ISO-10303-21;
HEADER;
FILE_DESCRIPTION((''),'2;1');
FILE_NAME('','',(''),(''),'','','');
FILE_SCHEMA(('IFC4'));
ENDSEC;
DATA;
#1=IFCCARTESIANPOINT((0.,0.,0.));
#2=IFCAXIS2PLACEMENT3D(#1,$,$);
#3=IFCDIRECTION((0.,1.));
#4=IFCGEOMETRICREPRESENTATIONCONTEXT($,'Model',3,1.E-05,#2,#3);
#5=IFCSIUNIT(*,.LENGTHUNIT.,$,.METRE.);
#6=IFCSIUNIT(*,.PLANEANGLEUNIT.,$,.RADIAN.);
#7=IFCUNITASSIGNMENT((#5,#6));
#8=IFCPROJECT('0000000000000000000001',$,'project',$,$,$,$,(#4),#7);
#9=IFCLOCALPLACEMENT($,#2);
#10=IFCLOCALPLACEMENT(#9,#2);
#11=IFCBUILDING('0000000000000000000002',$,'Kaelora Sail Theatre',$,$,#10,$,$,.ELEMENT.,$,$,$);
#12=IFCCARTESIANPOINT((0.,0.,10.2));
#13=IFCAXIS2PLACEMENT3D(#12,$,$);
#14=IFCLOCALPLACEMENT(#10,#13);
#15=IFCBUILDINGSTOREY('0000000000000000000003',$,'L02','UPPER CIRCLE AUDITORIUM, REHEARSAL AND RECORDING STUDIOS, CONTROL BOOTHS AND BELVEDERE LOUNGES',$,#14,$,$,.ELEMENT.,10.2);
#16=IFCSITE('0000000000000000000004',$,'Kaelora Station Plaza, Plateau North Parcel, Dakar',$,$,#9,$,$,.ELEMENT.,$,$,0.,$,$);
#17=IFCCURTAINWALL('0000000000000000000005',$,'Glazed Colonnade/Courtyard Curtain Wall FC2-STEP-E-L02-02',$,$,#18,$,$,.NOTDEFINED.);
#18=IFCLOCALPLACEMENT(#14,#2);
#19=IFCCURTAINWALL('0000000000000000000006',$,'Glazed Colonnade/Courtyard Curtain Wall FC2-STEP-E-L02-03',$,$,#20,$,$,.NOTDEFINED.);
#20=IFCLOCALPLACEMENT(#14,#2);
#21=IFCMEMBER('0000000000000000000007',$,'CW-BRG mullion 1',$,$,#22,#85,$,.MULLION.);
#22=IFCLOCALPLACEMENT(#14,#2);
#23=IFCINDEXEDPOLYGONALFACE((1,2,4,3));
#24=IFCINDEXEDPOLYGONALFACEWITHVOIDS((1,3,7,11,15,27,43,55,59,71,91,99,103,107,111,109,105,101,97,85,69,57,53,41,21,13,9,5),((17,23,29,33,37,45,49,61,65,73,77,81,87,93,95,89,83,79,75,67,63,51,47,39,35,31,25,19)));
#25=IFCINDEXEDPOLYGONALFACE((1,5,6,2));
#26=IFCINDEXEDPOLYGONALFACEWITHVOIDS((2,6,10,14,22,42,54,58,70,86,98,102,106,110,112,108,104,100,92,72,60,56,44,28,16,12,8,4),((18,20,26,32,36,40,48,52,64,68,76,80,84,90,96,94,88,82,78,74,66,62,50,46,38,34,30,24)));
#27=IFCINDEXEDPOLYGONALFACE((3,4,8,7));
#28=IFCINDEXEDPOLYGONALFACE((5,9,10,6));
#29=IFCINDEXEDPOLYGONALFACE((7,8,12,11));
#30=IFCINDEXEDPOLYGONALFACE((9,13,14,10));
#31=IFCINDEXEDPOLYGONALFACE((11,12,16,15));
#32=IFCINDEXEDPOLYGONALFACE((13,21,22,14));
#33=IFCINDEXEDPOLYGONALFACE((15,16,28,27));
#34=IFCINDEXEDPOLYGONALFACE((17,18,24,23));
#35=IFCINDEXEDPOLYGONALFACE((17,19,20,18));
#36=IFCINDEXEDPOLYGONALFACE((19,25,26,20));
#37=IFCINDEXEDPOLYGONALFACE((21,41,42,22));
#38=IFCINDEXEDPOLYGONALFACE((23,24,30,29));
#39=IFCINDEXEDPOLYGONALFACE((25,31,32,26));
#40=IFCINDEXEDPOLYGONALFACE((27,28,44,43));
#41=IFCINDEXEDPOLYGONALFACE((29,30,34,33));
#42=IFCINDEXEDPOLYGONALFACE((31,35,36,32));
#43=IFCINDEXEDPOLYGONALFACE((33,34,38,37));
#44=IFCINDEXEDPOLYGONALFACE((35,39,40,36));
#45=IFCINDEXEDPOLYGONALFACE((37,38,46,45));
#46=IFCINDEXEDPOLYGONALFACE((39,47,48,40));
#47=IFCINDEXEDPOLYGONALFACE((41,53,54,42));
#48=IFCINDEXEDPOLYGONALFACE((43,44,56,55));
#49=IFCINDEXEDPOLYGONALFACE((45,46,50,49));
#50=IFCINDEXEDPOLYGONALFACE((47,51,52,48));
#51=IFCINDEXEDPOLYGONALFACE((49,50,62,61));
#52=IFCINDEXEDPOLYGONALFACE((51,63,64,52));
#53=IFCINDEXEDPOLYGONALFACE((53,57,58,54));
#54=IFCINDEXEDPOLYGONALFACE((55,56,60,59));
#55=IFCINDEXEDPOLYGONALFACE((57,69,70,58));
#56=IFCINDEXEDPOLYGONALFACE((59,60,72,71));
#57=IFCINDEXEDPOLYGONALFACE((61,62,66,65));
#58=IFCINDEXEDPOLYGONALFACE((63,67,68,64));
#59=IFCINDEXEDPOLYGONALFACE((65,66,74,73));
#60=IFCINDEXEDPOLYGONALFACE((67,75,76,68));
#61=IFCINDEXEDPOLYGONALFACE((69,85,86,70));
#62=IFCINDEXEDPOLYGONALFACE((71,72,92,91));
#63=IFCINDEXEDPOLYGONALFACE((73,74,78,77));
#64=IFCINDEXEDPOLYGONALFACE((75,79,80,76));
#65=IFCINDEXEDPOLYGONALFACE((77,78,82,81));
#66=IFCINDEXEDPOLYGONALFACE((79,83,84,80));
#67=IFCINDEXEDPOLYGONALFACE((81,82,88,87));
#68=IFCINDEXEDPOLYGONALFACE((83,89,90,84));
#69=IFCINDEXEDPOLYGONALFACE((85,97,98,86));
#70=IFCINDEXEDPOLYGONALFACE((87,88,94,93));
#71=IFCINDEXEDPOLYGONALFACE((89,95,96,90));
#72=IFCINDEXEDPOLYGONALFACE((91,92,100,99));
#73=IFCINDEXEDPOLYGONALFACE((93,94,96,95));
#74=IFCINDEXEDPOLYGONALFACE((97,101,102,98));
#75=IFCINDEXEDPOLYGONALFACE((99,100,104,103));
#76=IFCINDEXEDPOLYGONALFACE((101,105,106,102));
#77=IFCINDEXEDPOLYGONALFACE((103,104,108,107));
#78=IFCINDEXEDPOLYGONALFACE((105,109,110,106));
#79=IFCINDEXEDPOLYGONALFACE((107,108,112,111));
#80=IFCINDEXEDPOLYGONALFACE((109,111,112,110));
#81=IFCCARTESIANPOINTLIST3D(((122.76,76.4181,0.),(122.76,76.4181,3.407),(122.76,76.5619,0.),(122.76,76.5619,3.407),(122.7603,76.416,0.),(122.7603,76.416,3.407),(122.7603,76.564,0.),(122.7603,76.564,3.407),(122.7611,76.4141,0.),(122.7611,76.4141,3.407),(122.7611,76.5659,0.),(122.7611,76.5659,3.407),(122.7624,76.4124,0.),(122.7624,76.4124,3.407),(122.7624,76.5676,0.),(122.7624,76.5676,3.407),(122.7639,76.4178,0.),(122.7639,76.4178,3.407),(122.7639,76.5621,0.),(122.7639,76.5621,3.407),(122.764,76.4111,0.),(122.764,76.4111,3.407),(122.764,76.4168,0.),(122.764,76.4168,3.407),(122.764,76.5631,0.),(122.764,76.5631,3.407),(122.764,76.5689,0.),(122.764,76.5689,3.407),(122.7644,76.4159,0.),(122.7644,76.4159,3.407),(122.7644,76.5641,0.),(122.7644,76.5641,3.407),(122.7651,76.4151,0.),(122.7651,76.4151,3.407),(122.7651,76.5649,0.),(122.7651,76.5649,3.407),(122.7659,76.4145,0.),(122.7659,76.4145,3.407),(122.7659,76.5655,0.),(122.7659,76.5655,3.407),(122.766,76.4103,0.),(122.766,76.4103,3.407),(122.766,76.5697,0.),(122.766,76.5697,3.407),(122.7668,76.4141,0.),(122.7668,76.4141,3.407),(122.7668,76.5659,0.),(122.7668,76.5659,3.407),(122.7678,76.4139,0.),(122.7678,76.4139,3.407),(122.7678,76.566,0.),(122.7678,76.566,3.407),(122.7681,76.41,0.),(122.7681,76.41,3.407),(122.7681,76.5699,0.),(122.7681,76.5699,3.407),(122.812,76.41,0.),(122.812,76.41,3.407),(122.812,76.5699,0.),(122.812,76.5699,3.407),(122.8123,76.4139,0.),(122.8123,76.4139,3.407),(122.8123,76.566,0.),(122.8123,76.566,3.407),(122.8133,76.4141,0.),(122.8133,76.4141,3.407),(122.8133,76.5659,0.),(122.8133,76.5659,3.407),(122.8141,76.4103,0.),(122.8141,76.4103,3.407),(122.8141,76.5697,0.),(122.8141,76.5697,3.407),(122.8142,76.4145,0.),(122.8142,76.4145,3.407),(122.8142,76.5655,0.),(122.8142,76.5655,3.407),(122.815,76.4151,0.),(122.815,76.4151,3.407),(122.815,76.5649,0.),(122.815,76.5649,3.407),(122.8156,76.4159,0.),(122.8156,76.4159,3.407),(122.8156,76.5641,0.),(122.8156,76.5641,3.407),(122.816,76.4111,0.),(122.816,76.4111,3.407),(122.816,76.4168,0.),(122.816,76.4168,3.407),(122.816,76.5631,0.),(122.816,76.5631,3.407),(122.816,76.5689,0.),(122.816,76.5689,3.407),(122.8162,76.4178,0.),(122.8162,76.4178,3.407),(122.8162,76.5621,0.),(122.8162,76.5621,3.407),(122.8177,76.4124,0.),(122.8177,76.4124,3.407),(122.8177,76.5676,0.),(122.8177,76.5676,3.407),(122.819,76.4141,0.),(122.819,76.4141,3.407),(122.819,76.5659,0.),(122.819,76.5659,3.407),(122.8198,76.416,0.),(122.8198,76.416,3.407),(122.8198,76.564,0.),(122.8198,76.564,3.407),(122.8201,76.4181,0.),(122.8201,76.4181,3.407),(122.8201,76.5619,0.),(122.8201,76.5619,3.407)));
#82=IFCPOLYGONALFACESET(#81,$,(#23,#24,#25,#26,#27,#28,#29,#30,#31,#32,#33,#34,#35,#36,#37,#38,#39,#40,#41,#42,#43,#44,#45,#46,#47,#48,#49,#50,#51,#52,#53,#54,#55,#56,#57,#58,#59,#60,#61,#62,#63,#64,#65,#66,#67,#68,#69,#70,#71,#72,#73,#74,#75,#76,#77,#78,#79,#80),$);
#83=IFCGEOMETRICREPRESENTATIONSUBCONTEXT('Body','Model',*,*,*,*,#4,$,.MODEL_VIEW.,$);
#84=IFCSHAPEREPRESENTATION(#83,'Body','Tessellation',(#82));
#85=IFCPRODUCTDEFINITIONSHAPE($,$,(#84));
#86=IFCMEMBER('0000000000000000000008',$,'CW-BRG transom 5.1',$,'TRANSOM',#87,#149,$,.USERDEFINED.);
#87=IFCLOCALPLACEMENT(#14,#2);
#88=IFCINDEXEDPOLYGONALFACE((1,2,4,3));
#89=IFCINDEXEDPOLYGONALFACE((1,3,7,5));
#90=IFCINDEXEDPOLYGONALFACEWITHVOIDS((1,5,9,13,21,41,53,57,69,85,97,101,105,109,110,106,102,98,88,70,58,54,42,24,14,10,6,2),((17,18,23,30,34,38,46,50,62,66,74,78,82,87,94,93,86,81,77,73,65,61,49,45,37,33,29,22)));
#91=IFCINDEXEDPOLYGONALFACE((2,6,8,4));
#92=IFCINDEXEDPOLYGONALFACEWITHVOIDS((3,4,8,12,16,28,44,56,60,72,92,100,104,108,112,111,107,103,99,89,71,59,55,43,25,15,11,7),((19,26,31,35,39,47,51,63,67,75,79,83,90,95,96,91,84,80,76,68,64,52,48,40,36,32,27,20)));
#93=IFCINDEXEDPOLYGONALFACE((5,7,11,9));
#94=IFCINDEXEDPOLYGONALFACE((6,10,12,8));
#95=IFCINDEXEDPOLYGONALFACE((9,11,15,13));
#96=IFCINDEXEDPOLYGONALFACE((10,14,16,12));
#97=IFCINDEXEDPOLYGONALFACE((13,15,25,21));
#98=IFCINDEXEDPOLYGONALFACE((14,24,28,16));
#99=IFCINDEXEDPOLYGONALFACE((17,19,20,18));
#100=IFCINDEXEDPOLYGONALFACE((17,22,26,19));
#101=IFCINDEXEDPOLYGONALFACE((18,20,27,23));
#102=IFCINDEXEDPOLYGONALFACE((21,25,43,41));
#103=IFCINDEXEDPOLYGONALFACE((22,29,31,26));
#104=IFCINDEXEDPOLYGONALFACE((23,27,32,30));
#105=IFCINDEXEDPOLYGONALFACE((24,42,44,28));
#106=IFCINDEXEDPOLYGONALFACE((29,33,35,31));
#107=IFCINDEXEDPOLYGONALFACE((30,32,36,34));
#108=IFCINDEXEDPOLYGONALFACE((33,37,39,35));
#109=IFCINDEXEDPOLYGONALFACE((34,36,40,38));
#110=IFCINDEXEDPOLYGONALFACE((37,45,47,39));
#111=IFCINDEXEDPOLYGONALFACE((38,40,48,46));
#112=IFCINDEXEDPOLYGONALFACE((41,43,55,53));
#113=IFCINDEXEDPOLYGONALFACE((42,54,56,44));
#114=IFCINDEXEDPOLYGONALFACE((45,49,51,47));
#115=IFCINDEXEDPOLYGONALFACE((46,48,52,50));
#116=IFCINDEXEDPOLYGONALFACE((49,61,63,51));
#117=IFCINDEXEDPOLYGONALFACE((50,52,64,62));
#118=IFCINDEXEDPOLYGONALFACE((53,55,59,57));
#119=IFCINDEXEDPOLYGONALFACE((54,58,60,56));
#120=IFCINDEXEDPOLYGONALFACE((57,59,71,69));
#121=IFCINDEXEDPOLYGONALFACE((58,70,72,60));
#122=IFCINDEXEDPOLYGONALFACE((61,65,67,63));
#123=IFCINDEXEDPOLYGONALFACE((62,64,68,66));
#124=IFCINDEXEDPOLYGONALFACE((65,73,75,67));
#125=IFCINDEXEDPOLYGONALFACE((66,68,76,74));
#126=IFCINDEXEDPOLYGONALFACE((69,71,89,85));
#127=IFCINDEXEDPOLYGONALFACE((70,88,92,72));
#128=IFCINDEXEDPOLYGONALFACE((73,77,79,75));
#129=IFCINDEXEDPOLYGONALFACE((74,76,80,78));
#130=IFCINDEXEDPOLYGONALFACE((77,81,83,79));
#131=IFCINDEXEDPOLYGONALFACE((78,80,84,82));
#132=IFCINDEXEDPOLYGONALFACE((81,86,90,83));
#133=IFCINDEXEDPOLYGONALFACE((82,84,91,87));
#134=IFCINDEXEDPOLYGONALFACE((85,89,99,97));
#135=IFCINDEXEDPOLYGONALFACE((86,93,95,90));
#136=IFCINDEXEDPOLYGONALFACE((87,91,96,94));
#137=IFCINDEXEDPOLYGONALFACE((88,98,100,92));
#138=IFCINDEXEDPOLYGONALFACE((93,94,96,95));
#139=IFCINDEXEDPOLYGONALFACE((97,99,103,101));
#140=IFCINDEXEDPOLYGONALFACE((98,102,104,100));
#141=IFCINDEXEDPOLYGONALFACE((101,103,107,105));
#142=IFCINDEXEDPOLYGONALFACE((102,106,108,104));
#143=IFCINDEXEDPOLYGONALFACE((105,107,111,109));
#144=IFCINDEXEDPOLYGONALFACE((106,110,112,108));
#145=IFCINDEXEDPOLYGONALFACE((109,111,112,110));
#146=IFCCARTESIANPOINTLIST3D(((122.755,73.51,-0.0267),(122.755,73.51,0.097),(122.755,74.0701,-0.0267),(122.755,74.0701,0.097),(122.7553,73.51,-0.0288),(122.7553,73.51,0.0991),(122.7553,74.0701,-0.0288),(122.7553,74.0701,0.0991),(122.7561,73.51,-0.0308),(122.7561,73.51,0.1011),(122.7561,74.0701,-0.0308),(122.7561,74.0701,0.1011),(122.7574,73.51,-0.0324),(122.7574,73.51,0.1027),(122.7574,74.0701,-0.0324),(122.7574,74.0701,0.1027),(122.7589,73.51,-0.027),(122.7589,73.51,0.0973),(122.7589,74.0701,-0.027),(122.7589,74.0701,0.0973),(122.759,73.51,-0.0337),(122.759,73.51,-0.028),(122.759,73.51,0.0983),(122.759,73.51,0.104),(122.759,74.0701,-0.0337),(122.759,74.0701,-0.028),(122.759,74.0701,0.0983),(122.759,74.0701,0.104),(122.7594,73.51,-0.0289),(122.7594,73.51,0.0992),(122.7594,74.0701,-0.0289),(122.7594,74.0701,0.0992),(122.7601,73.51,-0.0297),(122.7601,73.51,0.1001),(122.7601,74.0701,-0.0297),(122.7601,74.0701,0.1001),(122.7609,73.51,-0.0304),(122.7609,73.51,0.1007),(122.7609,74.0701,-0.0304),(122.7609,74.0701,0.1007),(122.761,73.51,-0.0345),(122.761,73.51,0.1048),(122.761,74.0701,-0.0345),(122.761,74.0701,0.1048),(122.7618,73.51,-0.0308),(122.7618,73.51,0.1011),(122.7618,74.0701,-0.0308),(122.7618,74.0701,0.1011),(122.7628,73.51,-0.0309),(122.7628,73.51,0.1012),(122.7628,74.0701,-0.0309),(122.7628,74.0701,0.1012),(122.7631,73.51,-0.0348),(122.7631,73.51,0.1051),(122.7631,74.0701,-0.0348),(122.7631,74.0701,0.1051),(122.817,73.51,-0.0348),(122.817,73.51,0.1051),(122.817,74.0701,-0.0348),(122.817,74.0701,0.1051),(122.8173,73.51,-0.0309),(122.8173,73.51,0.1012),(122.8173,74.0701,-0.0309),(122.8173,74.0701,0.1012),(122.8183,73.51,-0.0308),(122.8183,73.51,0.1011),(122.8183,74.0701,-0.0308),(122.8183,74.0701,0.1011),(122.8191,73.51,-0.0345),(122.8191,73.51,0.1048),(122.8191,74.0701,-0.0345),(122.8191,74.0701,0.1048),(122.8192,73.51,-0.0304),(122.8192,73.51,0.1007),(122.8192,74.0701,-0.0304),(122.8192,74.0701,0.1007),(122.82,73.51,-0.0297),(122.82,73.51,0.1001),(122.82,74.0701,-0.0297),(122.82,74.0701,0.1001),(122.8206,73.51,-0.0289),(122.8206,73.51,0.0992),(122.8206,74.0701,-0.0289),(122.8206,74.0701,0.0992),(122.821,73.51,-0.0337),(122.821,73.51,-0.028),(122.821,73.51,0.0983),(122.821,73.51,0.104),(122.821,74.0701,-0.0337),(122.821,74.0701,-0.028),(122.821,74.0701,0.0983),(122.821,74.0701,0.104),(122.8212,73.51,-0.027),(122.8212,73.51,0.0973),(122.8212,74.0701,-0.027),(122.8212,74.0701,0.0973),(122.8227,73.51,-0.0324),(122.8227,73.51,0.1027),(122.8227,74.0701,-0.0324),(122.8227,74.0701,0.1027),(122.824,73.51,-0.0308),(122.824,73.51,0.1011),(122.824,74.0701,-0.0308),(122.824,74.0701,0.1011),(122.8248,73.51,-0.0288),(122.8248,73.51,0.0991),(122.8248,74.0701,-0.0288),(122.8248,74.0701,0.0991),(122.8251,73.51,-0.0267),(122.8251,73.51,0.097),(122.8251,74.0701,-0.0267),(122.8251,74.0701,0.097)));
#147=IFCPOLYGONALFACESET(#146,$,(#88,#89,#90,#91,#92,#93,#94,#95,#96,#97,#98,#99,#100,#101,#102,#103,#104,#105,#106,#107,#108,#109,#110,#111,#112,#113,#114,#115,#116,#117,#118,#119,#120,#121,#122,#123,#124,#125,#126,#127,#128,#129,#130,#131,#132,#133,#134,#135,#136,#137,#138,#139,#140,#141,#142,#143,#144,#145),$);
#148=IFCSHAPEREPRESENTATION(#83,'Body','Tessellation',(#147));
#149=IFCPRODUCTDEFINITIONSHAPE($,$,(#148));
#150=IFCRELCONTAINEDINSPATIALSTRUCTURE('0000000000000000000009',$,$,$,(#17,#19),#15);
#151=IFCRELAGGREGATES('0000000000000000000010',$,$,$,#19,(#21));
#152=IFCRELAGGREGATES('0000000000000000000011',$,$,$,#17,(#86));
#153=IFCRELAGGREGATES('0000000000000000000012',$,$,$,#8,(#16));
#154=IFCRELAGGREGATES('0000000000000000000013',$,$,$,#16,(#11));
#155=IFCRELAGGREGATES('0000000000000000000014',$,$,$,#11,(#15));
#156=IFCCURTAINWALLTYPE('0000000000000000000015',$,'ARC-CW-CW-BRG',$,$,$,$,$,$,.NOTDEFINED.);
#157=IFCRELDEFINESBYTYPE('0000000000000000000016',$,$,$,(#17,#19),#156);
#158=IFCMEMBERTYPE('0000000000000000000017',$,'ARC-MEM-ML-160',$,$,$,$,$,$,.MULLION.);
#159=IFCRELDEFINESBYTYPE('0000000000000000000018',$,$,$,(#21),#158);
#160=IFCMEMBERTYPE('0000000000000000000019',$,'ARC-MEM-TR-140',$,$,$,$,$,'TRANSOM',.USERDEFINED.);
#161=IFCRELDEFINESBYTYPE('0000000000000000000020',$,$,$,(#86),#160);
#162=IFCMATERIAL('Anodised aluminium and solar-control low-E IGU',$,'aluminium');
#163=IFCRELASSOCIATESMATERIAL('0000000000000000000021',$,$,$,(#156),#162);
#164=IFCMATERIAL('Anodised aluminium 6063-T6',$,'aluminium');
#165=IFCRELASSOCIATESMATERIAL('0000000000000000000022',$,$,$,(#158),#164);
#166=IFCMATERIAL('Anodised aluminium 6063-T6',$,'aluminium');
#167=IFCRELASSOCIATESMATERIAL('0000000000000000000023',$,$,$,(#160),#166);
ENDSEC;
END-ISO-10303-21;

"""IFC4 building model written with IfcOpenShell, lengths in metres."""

from ifc_helpers import new_model, si_unit, direction, frame, origin, origin_2d, place, context, subcontext, project, spatial, hollow_rectangle, extrude, material, material_profile, profile_set, type_object, element, aggregate, save


model = new_model("IFC4")

# Units and contexts
model_context = context("Model", 3, precision=1e-05, world=origin(), true_north=direction((0.0, 1.0)))
body_context = subcontext(model_context, "Body", "Model", "MODEL_VIEW")
ifc_project = project(units=[si_unit("LENGTHUNIT", "METRE"), si_unit("PLANEANGLEUNIT", "RADIAN")], contexts=[model_context])

# Site, building, storey
site_placement = place(None, origin())
site = spatial("IfcSite", under=ifc_project, at=site_placement, Name="Kaelora Station Plaza, Plateau North Parcel, Dakar", CompositionType="ELEMENT", RefElevation=0.0)
building_placement = place(site_placement, origin())
building = spatial("IfcBuilding", under=site, at=building_placement, Name="Kaelora Sail Theatre", CompositionType="ELEMENT")
storey_placement = place(building_placement, frame((0.0, 0.0, 10.2)))
storey = spatial("IfcBuildingStorey", under=building, at=storey_placement, Name="L02", Description="UPPER CIRCLE AUDITORIUM, REHEARSAL AND RECORDING STUDIOS, CONTROL BOOTHS AND BELVEDERE LOUNGES", CompositionType="ELEMENT", Elevation=10.2)

# Curtain wall
ifc_material_1 = material(Name="Anodised aluminium and solar-control low-E IGU", Category="aluminium")
curtain_wall_type = type_object("IfcCurtainWallType", Name="ARC-CW-CW-BRG", PredefinedType="NOTDEFINED", material=ifc_material_1)
curtain_wall_1_placement = place(storey_placement, origin())
curtain_wall_1 = element("IfcCurtainWall", 1, at=curtain_wall_1_placement, inside=storey, type_object=curtain_wall_type, Name="Glazed Colonnade/Courtyard Curtain Wall FC2-STEP-E-L02-02", PredefinedType="NOTDEFINED")
ifc_material_2 = material(Name="Anodised aluminium 6063-T6", Category="aluminium")
ifc_material_profile_1 = material_profile(ifc_material_2, hollow_rectangle(XDim=0.0601, YDim=0.1599, WallThickness=0.0039, InnerFilletRadius=0.0039, OuterFilletRadius=0.0081, at=origin_2d()), Name="ALU-MULL 60x160x4")
ifc_profile_set_1 = profile_set([ifc_material_profile_1], Name="Anodised aluminium 6063-T6")
member_type_1 = type_object("IfcMemberType", Name="ARC-MEM-ML-160", PredefinedType="MULLION", material=ifc_profile_set_1)

# Curtain wall, member
curtain_wall_2_placement = place(storey_placement, origin())
curtain_wall_2 = element("IfcCurtainWall", 2, at=curtain_wall_2_placement, inside=storey, type_object=curtain_wall_type, Name="Glazed Colonnade/Courtyard Curtain Wall FC2-STEP-E-L02-03", PredefinedType="NOTDEFINED")
member_1_placement = place(storey_placement, frame((122.79, 76.49, 0.0), z_axis=(0.0, 0.0, 1.0), x_axis=(-1.0, 0.0, 0.0)))
member_1 = element("IfcMember", 3, at=member_1_placement, type_object=member_type_1, Name="CW-BRG mullion 1", PredefinedType="MULLION", context=body_context, shape_type="SweptSolid", body=[
    extrude(hollow_rectangle(XDim=0.0601, YDim=0.1599, WallThickness=0.0039, InnerFilletRadius=0.0039, OuterFilletRadius=0.0081, at=origin_2d()), origin(), (0.0, 0.0, 1.0), 3.407),
])
aggregate(curtain_wall_2, [member_1])

# Member
ifc_material_3 = material(Name="Anodised aluminium 6063-T6", Category="aluminium")
ifc_material_profile_2 = material_profile(ifc_material_3, hollow_rectangle(XDim=0.0701, YDim=0.1399, WallThickness=0.0039, InnerFilletRadius=0.0039, OuterFilletRadius=0.0081, at=origin_2d()), Name="ALU-TRAN 70x140x4")
ifc_profile_set_2 = profile_set([ifc_material_profile_2], Name="Anodised aluminium 6063-T6")
member_type_2 = type_object("IfcMemberType", Name="ARC-MEM-TR-140", ElementType="TRANSOM", PredefinedType="USERDEFINED", material=ifc_profile_set_2)
member_2_placement = place(storey_placement, frame((122.79, 73.51, 0.0352), z_axis=(0.0, 1.0, 0.0), x_axis=(-1.0, 0.0, 0.0)))
member_2 = element("IfcMember", 4, at=member_2_placement, type_object=member_type_2, Name="CW-BRG transom 5.1", ObjectType="TRANSOM", PredefinedType="USERDEFINED", context=body_context, shape_type="SweptSolid", body=[
    extrude(hollow_rectangle(XDim=0.0701, YDim=0.1399, WallThickness=0.0039, InnerFilletRadius=0.0039, OuterFilletRadius=0.0081, at=origin_2d()), origin(), (0.0, 0.0, 1.0), 0.5601),
])

aggregate(curtain_wall_1, [member_2])

save(model, "model.ifc")
